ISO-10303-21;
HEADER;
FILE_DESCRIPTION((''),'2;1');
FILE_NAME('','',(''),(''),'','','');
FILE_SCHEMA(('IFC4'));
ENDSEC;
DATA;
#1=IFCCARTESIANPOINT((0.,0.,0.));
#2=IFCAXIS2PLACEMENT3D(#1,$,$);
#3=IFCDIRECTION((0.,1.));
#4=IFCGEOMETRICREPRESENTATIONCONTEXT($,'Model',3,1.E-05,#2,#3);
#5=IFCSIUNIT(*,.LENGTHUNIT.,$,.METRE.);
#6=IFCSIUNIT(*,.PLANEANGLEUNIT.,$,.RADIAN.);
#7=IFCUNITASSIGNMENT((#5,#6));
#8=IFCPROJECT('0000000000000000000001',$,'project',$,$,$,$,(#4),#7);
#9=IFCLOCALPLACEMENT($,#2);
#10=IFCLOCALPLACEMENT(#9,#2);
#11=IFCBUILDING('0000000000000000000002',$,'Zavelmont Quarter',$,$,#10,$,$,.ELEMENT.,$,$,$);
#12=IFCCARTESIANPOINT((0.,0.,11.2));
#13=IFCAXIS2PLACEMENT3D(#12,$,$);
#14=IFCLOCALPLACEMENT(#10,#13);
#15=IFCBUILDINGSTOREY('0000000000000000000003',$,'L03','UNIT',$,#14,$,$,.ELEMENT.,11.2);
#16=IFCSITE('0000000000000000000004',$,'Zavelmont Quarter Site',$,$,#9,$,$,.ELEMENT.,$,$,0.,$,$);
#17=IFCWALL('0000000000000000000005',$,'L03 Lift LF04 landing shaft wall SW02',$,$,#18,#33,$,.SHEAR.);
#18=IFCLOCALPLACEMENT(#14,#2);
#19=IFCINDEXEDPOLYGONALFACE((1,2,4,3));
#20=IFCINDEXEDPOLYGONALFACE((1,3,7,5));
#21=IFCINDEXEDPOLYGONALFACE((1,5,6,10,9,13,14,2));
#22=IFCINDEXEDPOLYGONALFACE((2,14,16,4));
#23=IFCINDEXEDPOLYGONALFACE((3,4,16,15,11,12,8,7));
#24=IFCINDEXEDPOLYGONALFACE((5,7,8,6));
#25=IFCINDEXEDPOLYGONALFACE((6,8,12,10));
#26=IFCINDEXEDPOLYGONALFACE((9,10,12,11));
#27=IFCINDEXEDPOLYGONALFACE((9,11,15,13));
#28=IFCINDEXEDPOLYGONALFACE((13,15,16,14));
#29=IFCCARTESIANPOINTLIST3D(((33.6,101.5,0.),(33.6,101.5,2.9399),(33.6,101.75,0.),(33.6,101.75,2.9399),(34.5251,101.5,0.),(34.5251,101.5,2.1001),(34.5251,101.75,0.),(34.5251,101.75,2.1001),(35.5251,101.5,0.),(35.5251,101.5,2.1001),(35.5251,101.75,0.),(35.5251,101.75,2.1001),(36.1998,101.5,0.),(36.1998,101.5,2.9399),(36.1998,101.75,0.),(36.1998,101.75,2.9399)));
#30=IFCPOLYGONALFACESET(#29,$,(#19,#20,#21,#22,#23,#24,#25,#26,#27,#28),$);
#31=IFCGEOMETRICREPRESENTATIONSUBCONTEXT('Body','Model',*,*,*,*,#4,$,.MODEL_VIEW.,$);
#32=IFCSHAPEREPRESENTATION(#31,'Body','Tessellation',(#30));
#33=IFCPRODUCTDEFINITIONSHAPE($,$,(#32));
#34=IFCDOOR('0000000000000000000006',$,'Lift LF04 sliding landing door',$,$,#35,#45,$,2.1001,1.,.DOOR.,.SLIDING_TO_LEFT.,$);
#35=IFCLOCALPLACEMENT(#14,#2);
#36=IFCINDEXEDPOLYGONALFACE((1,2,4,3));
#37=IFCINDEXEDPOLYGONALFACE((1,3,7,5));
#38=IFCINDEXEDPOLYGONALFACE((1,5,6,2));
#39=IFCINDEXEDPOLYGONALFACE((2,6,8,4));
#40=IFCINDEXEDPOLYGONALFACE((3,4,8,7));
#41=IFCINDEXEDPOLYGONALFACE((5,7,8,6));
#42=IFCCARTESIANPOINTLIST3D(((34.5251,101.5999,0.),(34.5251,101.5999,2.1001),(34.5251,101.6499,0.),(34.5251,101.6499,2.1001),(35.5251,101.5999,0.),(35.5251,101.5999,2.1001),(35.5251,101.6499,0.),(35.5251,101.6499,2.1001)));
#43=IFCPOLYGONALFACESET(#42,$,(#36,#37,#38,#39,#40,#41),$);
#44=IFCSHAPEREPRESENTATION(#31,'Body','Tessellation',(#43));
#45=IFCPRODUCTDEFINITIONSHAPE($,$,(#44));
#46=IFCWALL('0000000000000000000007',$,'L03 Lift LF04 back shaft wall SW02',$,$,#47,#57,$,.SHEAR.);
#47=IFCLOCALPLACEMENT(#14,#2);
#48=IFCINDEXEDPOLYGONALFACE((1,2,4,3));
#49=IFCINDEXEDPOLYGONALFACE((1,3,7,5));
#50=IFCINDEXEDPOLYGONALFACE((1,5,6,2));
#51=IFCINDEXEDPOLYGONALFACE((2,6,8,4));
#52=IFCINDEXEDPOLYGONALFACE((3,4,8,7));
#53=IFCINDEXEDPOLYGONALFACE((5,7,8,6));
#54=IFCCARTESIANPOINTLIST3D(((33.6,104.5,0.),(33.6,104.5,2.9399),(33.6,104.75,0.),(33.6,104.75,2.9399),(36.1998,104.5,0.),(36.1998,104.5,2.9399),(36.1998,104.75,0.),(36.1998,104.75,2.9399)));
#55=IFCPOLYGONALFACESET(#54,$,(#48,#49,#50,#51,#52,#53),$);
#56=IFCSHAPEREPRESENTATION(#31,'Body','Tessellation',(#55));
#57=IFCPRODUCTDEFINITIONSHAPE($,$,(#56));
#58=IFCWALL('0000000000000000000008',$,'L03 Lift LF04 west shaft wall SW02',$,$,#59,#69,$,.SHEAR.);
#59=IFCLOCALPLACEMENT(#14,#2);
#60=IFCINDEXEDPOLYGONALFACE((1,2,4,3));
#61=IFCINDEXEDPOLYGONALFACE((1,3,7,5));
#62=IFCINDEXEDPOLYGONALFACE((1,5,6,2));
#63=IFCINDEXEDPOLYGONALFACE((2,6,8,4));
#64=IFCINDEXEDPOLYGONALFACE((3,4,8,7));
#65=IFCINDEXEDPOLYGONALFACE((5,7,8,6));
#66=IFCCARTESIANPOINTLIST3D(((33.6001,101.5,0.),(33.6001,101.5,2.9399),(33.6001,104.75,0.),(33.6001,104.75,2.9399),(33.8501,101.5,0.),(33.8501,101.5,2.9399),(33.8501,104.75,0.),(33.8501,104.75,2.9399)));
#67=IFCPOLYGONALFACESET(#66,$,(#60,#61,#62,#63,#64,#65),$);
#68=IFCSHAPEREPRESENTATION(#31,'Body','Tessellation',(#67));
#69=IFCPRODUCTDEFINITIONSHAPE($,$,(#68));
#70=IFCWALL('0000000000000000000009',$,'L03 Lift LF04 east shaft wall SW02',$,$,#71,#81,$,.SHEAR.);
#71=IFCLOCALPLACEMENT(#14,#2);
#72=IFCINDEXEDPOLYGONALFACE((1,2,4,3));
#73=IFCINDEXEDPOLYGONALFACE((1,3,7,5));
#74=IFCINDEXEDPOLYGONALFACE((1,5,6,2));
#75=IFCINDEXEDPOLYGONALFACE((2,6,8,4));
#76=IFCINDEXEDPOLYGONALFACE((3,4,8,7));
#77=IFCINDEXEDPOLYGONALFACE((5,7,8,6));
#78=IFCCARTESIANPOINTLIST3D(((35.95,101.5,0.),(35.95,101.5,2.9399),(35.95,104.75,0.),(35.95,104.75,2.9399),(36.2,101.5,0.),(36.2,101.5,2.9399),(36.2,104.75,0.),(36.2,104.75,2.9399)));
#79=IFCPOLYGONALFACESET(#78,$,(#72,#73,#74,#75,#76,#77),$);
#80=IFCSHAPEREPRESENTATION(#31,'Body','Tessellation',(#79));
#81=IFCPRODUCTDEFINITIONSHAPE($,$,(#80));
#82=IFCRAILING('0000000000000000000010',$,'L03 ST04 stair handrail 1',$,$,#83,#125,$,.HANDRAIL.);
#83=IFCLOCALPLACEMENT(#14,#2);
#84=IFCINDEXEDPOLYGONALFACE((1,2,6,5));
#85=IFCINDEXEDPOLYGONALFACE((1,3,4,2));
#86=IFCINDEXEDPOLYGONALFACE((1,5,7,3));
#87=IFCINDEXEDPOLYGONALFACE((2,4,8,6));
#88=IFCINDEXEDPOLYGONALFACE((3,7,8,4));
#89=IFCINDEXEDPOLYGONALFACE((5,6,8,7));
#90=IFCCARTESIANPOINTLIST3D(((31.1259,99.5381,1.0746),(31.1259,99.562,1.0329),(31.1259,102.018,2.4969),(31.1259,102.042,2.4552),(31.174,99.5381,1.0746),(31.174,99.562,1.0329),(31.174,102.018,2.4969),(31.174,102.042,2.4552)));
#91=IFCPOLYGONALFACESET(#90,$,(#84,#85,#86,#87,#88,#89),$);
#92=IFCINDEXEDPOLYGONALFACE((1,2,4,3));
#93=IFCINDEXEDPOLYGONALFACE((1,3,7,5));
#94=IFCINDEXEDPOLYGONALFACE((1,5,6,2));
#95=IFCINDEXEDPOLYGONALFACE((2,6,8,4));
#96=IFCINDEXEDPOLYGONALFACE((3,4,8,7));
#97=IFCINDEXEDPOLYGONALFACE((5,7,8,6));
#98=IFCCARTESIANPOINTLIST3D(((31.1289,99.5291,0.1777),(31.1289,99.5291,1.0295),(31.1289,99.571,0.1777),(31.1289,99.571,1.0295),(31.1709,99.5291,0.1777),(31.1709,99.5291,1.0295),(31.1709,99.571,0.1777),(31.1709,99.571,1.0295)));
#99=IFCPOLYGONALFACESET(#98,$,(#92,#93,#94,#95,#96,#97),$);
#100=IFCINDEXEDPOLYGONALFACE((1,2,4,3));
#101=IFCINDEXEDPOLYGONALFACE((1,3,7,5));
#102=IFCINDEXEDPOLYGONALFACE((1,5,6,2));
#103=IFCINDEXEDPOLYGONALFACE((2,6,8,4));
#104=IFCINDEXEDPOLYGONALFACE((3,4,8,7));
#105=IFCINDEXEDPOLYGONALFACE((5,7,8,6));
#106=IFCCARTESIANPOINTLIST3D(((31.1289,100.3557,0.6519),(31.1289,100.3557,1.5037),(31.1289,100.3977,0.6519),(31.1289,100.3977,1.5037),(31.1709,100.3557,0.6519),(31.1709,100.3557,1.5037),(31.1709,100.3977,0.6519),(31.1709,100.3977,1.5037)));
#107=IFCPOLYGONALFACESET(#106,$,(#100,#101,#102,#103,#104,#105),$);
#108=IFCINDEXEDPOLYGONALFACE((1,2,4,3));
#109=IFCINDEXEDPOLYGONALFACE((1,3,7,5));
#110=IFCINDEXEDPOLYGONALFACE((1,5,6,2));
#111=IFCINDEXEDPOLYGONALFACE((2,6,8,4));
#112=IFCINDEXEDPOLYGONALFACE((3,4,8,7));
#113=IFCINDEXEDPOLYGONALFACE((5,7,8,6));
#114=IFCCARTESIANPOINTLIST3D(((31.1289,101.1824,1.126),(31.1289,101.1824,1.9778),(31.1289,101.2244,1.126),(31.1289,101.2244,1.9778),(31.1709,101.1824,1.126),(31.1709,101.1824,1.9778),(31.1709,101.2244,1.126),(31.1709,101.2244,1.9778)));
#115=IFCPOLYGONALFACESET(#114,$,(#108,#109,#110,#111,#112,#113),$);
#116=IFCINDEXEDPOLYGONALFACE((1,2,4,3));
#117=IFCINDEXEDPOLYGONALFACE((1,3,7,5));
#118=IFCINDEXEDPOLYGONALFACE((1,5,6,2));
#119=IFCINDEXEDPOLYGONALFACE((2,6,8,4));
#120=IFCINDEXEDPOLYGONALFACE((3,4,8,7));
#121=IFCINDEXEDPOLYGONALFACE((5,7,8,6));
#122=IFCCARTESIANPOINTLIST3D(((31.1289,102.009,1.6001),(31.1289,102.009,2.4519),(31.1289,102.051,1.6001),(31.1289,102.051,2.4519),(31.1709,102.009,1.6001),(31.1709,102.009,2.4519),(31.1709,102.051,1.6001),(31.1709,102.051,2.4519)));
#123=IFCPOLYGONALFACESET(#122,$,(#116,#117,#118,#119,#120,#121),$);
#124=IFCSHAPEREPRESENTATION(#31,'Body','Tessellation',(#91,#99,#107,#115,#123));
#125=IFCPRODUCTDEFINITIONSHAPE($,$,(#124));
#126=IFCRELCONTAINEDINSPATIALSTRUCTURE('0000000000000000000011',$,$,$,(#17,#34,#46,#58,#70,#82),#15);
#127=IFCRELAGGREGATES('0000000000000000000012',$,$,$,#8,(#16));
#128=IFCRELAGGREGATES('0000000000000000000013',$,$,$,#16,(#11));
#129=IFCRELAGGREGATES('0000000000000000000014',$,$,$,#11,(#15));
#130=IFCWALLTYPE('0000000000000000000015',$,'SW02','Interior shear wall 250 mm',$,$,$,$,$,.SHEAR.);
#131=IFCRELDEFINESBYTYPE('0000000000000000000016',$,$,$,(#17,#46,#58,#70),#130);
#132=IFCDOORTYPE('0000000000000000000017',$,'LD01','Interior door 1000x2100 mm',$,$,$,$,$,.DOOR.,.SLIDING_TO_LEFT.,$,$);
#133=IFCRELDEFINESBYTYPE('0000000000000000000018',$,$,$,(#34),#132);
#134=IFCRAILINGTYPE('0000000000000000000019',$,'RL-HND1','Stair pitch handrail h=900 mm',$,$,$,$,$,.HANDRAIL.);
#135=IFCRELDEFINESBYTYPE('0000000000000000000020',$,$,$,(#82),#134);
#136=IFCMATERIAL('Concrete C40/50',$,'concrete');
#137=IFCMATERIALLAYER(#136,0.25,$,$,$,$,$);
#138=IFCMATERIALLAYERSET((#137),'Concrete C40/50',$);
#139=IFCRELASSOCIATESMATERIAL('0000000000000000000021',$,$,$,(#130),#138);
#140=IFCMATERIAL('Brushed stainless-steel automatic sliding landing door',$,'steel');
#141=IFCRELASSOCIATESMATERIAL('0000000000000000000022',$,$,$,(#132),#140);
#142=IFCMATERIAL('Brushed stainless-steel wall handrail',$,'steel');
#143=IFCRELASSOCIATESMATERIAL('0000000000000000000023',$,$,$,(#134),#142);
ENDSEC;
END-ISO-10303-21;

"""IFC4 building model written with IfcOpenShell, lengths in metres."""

from ifc_helpers import new_model, si_unit, direction, frame, frame_2d, origin, origin_with_axes, origin_2d, place, context, subcontext, project, spatial, rectangle, extrude, material, layer, layer_set, type_object, element, fill, save


model = new_model("IFC4")

# Units and contexts
model_context = context("Model", 3, precision=1e-05, world=origin(), true_north=direction((0.0, 1.0)))
body_context = subcontext(model_context, "Body", "Model", "MODEL_VIEW")
ifc_project = project(units=[si_unit("LENGTHUNIT", "METRE"), si_unit("PLANEANGLEUNIT", "RADIAN")], contexts=[model_context])

# Site, building, storey
site_placement = place(None, origin())
site = spatial("IfcSite", under=ifc_project, at=site_placement, Name="Zavelmont Quarter Site", CompositionType="ELEMENT", RefElevation=0.0)
building_placement = place(site_placement, origin())
building = spatial("IfcBuilding", under=site, at=building_placement, Name="Zavelmont Quarter", CompositionType="ELEMENT")
storey_placement = place(building_placement, frame((0.0, 0.0, 11.2)))
storey = spatial("IfcBuildingStorey", under=building, at=storey_placement, Name="L03", Description="UNIT", CompositionType="ELEMENT", Elevation=11.2)

# Shared definitions
ifc_material_1 = material(Name="Concrete C40/50", Category="concrete")

# Wall, opening, door
ifc_layer_1 = layer(ifc_material_1, 0.25)
ifc_layer_set_1 = layer_set([ifc_layer_1], Name="Concrete C40/50")
wall_type_1 = type_object("IfcWallType", Name="SW02", Description="Interior shear wall 250 mm", PredefinedType="SHEAR", material=ifc_layer_set_1)
wall_1_placement = place(storey_placement, frame((33.6001, 101.625, 0.0), z_axis=(0.0, 0.0, 1.0), x_axis=(1.0, 0.0, 0.0)))
wall_1 = element("IfcWall", 1, at=wall_1_placement, inside=storey, type_object=wall_type_1, Name="L03 Lift LF04 landing shaft wall SW02", PredefinedType="SHEAR", context=body_context, shape_type="SweptSolid", body=[
    extrude(rectangle(XDim=2.5999, YDim=0.25, at=frame_2d((1.2998, 0.0))), origin(), (0.0, 0.0, 1.0), 2.9399),
])
opening_1_placement = place(wall_1_placement, frame((0.925, 0.0, 0.0)))
opening_1 = element("IfcOpeningElement", 2, at=opening_1_placement, cuts=wall_1, PredefinedType="OPENING", context=body_context, shape_type="SweptSolid", body=[
    extrude(rectangle(XDim=1.0, YDim=2.1001, at=frame_2d((0.5, 1.05))), frame((0.0, 0.137, 0.0), z_axis=(0.0, -1.0, 0.0), x_axis=(1.0, 0.0, 0.0)), (0.0, 0.0, 1.0), 0.2739),
])
ifc_material_2 = material(Name="Brushed stainless-steel automatic sliding landing door", Category="steel")
door_type_1 = type_object("IfcDoorType", Name="LD01", Description="Interior door 1000x2100 mm", OperationType="SLIDING_TO_LEFT", PredefinedType="DOOR", material=ifc_material_2)
door_1_placement = place(opening_1_placement, origin_with_axes())
door_1 = element("IfcDoor", 3, at=door_1_placement, inside=storey, type_object=door_type_1, Name="Lift LF04 sliding landing door", OperationType="SLIDING_TO_LEFT", OverallHeight=2.1001, OverallWidth=1.0, PredefinedType="DOOR", context=body_context, shape_type="SweptSolid", body=[
    extrude(rectangle(XDim=1.0, YDim=2.1001, at=frame_2d((0.5, 1.05))), frame((0.0, 0.0249, 0.0), z_axis=(0.0, -1.0, 0.0), x_axis=(1.0, 0.0, 0.0)), (0.0, 0.0, 1.0), 0.05),
])
fill(opening_1, door_1)

# Walls
wall_2_placement = place(storey_placement, frame((33.6001, 104.625, 0.0), z_axis=(0.0, 0.0, 1.0), x_axis=(1.0, 0.0, 0.0)))
element("IfcWall", 4, at=wall_2_placement, inside=storey, type_object=wall_type_1, Name="L03 Lift LF04 back shaft wall SW02", PredefinedType="SHEAR", context=body_context, shape_type="SweptSolid", body=[
    extrude(rectangle(XDim=2.5999, YDim=0.25, at=frame_2d((1.2998, 0.0))), origin(), (0.0, 0.0, 1.0), 2.9399),
])
for number, where, z_axis, x_axis, name in (
    (5, (33.7251, 101.5, 0.0), (0.0, 0.0, 1.0), (0.0, 1.0, 0.0), "L03 Lift LF04 west shaft wall SW02"),
    (6, (36.075, 101.5, 0.0), (0.0, 0.0, 1.0), (0.0, 1.0, 0.0), "L03 Lift LF04 east shaft wall SW02"),
):
    element("IfcWall", number, at=place(storey_placement, frame(where, z_axis=z_axis, x_axis=x_axis)), inside=storey, type_object=wall_type_1, Name=name, PredefinedType="SHEAR", context=body_context, shape_type="SweptSolid", body=[
        extrude(rectangle(XDim=3.25, YDim=0.25, at=frame_2d((1.625, 0.0))), origin(), (0.0, 0.0, 1.0), 2.9399),
    ])

# Railing
ifc_material_3 = material(Name="Brushed stainless-steel wall handrail", Category="steel")
railing_type = type_object("IfcRailingType", Name="RL-HND1", Description="Stair pitch handrail h=900 mm", PredefinedType="HANDRAIL", material=ifc_material_3)
railing_placement = place(storey_placement, frame((31.1499, 99.55, 0.1777)))
element("IfcRailing", 7, at=railing_placement, inside=storey, type_object=railing_type, Name="L03 ST04 stair handrail 1", PredefinedType="HANDRAIL", context=body_context, shape_type="SweptSolid", body=[
    extrude(rectangle(XDim=0.0481, YDim=0.0481, at=origin_2d()), frame((0.0, 0.0, 0.876), z_axis=(0.0, 0.867454, 0.497518), x_axis=(-1.0, 0.0, 0.0)), (0.0, 0.0, 1.0), 2.8589),
    extrude(rectangle(XDim=0.042, YDim=0.042, at=origin_2d()), origin(), (0.0, 0.0, 1.0), 0.8518),
    extrude(rectangle(XDim=0.042, YDim=0.042, at=origin_2d()), frame((0.0, 0.8267, 0.4741)), (0.0, 0.0, 1.0), 0.8518),
    extrude(rectangle(XDim=0.042, YDim=0.042, at=origin_2d()), frame((0.0, 1.6533, 0.9482)), (0.0, 0.0, 1.0), 0.8518),
    extrude(rectangle(XDim=0.042, YDim=0.042, at=origin_2d()), frame((0.0, 2.48, 1.4224)), (0.0, 0.0, 1.0), 0.8518),
])

save(model, "model.ifc")
